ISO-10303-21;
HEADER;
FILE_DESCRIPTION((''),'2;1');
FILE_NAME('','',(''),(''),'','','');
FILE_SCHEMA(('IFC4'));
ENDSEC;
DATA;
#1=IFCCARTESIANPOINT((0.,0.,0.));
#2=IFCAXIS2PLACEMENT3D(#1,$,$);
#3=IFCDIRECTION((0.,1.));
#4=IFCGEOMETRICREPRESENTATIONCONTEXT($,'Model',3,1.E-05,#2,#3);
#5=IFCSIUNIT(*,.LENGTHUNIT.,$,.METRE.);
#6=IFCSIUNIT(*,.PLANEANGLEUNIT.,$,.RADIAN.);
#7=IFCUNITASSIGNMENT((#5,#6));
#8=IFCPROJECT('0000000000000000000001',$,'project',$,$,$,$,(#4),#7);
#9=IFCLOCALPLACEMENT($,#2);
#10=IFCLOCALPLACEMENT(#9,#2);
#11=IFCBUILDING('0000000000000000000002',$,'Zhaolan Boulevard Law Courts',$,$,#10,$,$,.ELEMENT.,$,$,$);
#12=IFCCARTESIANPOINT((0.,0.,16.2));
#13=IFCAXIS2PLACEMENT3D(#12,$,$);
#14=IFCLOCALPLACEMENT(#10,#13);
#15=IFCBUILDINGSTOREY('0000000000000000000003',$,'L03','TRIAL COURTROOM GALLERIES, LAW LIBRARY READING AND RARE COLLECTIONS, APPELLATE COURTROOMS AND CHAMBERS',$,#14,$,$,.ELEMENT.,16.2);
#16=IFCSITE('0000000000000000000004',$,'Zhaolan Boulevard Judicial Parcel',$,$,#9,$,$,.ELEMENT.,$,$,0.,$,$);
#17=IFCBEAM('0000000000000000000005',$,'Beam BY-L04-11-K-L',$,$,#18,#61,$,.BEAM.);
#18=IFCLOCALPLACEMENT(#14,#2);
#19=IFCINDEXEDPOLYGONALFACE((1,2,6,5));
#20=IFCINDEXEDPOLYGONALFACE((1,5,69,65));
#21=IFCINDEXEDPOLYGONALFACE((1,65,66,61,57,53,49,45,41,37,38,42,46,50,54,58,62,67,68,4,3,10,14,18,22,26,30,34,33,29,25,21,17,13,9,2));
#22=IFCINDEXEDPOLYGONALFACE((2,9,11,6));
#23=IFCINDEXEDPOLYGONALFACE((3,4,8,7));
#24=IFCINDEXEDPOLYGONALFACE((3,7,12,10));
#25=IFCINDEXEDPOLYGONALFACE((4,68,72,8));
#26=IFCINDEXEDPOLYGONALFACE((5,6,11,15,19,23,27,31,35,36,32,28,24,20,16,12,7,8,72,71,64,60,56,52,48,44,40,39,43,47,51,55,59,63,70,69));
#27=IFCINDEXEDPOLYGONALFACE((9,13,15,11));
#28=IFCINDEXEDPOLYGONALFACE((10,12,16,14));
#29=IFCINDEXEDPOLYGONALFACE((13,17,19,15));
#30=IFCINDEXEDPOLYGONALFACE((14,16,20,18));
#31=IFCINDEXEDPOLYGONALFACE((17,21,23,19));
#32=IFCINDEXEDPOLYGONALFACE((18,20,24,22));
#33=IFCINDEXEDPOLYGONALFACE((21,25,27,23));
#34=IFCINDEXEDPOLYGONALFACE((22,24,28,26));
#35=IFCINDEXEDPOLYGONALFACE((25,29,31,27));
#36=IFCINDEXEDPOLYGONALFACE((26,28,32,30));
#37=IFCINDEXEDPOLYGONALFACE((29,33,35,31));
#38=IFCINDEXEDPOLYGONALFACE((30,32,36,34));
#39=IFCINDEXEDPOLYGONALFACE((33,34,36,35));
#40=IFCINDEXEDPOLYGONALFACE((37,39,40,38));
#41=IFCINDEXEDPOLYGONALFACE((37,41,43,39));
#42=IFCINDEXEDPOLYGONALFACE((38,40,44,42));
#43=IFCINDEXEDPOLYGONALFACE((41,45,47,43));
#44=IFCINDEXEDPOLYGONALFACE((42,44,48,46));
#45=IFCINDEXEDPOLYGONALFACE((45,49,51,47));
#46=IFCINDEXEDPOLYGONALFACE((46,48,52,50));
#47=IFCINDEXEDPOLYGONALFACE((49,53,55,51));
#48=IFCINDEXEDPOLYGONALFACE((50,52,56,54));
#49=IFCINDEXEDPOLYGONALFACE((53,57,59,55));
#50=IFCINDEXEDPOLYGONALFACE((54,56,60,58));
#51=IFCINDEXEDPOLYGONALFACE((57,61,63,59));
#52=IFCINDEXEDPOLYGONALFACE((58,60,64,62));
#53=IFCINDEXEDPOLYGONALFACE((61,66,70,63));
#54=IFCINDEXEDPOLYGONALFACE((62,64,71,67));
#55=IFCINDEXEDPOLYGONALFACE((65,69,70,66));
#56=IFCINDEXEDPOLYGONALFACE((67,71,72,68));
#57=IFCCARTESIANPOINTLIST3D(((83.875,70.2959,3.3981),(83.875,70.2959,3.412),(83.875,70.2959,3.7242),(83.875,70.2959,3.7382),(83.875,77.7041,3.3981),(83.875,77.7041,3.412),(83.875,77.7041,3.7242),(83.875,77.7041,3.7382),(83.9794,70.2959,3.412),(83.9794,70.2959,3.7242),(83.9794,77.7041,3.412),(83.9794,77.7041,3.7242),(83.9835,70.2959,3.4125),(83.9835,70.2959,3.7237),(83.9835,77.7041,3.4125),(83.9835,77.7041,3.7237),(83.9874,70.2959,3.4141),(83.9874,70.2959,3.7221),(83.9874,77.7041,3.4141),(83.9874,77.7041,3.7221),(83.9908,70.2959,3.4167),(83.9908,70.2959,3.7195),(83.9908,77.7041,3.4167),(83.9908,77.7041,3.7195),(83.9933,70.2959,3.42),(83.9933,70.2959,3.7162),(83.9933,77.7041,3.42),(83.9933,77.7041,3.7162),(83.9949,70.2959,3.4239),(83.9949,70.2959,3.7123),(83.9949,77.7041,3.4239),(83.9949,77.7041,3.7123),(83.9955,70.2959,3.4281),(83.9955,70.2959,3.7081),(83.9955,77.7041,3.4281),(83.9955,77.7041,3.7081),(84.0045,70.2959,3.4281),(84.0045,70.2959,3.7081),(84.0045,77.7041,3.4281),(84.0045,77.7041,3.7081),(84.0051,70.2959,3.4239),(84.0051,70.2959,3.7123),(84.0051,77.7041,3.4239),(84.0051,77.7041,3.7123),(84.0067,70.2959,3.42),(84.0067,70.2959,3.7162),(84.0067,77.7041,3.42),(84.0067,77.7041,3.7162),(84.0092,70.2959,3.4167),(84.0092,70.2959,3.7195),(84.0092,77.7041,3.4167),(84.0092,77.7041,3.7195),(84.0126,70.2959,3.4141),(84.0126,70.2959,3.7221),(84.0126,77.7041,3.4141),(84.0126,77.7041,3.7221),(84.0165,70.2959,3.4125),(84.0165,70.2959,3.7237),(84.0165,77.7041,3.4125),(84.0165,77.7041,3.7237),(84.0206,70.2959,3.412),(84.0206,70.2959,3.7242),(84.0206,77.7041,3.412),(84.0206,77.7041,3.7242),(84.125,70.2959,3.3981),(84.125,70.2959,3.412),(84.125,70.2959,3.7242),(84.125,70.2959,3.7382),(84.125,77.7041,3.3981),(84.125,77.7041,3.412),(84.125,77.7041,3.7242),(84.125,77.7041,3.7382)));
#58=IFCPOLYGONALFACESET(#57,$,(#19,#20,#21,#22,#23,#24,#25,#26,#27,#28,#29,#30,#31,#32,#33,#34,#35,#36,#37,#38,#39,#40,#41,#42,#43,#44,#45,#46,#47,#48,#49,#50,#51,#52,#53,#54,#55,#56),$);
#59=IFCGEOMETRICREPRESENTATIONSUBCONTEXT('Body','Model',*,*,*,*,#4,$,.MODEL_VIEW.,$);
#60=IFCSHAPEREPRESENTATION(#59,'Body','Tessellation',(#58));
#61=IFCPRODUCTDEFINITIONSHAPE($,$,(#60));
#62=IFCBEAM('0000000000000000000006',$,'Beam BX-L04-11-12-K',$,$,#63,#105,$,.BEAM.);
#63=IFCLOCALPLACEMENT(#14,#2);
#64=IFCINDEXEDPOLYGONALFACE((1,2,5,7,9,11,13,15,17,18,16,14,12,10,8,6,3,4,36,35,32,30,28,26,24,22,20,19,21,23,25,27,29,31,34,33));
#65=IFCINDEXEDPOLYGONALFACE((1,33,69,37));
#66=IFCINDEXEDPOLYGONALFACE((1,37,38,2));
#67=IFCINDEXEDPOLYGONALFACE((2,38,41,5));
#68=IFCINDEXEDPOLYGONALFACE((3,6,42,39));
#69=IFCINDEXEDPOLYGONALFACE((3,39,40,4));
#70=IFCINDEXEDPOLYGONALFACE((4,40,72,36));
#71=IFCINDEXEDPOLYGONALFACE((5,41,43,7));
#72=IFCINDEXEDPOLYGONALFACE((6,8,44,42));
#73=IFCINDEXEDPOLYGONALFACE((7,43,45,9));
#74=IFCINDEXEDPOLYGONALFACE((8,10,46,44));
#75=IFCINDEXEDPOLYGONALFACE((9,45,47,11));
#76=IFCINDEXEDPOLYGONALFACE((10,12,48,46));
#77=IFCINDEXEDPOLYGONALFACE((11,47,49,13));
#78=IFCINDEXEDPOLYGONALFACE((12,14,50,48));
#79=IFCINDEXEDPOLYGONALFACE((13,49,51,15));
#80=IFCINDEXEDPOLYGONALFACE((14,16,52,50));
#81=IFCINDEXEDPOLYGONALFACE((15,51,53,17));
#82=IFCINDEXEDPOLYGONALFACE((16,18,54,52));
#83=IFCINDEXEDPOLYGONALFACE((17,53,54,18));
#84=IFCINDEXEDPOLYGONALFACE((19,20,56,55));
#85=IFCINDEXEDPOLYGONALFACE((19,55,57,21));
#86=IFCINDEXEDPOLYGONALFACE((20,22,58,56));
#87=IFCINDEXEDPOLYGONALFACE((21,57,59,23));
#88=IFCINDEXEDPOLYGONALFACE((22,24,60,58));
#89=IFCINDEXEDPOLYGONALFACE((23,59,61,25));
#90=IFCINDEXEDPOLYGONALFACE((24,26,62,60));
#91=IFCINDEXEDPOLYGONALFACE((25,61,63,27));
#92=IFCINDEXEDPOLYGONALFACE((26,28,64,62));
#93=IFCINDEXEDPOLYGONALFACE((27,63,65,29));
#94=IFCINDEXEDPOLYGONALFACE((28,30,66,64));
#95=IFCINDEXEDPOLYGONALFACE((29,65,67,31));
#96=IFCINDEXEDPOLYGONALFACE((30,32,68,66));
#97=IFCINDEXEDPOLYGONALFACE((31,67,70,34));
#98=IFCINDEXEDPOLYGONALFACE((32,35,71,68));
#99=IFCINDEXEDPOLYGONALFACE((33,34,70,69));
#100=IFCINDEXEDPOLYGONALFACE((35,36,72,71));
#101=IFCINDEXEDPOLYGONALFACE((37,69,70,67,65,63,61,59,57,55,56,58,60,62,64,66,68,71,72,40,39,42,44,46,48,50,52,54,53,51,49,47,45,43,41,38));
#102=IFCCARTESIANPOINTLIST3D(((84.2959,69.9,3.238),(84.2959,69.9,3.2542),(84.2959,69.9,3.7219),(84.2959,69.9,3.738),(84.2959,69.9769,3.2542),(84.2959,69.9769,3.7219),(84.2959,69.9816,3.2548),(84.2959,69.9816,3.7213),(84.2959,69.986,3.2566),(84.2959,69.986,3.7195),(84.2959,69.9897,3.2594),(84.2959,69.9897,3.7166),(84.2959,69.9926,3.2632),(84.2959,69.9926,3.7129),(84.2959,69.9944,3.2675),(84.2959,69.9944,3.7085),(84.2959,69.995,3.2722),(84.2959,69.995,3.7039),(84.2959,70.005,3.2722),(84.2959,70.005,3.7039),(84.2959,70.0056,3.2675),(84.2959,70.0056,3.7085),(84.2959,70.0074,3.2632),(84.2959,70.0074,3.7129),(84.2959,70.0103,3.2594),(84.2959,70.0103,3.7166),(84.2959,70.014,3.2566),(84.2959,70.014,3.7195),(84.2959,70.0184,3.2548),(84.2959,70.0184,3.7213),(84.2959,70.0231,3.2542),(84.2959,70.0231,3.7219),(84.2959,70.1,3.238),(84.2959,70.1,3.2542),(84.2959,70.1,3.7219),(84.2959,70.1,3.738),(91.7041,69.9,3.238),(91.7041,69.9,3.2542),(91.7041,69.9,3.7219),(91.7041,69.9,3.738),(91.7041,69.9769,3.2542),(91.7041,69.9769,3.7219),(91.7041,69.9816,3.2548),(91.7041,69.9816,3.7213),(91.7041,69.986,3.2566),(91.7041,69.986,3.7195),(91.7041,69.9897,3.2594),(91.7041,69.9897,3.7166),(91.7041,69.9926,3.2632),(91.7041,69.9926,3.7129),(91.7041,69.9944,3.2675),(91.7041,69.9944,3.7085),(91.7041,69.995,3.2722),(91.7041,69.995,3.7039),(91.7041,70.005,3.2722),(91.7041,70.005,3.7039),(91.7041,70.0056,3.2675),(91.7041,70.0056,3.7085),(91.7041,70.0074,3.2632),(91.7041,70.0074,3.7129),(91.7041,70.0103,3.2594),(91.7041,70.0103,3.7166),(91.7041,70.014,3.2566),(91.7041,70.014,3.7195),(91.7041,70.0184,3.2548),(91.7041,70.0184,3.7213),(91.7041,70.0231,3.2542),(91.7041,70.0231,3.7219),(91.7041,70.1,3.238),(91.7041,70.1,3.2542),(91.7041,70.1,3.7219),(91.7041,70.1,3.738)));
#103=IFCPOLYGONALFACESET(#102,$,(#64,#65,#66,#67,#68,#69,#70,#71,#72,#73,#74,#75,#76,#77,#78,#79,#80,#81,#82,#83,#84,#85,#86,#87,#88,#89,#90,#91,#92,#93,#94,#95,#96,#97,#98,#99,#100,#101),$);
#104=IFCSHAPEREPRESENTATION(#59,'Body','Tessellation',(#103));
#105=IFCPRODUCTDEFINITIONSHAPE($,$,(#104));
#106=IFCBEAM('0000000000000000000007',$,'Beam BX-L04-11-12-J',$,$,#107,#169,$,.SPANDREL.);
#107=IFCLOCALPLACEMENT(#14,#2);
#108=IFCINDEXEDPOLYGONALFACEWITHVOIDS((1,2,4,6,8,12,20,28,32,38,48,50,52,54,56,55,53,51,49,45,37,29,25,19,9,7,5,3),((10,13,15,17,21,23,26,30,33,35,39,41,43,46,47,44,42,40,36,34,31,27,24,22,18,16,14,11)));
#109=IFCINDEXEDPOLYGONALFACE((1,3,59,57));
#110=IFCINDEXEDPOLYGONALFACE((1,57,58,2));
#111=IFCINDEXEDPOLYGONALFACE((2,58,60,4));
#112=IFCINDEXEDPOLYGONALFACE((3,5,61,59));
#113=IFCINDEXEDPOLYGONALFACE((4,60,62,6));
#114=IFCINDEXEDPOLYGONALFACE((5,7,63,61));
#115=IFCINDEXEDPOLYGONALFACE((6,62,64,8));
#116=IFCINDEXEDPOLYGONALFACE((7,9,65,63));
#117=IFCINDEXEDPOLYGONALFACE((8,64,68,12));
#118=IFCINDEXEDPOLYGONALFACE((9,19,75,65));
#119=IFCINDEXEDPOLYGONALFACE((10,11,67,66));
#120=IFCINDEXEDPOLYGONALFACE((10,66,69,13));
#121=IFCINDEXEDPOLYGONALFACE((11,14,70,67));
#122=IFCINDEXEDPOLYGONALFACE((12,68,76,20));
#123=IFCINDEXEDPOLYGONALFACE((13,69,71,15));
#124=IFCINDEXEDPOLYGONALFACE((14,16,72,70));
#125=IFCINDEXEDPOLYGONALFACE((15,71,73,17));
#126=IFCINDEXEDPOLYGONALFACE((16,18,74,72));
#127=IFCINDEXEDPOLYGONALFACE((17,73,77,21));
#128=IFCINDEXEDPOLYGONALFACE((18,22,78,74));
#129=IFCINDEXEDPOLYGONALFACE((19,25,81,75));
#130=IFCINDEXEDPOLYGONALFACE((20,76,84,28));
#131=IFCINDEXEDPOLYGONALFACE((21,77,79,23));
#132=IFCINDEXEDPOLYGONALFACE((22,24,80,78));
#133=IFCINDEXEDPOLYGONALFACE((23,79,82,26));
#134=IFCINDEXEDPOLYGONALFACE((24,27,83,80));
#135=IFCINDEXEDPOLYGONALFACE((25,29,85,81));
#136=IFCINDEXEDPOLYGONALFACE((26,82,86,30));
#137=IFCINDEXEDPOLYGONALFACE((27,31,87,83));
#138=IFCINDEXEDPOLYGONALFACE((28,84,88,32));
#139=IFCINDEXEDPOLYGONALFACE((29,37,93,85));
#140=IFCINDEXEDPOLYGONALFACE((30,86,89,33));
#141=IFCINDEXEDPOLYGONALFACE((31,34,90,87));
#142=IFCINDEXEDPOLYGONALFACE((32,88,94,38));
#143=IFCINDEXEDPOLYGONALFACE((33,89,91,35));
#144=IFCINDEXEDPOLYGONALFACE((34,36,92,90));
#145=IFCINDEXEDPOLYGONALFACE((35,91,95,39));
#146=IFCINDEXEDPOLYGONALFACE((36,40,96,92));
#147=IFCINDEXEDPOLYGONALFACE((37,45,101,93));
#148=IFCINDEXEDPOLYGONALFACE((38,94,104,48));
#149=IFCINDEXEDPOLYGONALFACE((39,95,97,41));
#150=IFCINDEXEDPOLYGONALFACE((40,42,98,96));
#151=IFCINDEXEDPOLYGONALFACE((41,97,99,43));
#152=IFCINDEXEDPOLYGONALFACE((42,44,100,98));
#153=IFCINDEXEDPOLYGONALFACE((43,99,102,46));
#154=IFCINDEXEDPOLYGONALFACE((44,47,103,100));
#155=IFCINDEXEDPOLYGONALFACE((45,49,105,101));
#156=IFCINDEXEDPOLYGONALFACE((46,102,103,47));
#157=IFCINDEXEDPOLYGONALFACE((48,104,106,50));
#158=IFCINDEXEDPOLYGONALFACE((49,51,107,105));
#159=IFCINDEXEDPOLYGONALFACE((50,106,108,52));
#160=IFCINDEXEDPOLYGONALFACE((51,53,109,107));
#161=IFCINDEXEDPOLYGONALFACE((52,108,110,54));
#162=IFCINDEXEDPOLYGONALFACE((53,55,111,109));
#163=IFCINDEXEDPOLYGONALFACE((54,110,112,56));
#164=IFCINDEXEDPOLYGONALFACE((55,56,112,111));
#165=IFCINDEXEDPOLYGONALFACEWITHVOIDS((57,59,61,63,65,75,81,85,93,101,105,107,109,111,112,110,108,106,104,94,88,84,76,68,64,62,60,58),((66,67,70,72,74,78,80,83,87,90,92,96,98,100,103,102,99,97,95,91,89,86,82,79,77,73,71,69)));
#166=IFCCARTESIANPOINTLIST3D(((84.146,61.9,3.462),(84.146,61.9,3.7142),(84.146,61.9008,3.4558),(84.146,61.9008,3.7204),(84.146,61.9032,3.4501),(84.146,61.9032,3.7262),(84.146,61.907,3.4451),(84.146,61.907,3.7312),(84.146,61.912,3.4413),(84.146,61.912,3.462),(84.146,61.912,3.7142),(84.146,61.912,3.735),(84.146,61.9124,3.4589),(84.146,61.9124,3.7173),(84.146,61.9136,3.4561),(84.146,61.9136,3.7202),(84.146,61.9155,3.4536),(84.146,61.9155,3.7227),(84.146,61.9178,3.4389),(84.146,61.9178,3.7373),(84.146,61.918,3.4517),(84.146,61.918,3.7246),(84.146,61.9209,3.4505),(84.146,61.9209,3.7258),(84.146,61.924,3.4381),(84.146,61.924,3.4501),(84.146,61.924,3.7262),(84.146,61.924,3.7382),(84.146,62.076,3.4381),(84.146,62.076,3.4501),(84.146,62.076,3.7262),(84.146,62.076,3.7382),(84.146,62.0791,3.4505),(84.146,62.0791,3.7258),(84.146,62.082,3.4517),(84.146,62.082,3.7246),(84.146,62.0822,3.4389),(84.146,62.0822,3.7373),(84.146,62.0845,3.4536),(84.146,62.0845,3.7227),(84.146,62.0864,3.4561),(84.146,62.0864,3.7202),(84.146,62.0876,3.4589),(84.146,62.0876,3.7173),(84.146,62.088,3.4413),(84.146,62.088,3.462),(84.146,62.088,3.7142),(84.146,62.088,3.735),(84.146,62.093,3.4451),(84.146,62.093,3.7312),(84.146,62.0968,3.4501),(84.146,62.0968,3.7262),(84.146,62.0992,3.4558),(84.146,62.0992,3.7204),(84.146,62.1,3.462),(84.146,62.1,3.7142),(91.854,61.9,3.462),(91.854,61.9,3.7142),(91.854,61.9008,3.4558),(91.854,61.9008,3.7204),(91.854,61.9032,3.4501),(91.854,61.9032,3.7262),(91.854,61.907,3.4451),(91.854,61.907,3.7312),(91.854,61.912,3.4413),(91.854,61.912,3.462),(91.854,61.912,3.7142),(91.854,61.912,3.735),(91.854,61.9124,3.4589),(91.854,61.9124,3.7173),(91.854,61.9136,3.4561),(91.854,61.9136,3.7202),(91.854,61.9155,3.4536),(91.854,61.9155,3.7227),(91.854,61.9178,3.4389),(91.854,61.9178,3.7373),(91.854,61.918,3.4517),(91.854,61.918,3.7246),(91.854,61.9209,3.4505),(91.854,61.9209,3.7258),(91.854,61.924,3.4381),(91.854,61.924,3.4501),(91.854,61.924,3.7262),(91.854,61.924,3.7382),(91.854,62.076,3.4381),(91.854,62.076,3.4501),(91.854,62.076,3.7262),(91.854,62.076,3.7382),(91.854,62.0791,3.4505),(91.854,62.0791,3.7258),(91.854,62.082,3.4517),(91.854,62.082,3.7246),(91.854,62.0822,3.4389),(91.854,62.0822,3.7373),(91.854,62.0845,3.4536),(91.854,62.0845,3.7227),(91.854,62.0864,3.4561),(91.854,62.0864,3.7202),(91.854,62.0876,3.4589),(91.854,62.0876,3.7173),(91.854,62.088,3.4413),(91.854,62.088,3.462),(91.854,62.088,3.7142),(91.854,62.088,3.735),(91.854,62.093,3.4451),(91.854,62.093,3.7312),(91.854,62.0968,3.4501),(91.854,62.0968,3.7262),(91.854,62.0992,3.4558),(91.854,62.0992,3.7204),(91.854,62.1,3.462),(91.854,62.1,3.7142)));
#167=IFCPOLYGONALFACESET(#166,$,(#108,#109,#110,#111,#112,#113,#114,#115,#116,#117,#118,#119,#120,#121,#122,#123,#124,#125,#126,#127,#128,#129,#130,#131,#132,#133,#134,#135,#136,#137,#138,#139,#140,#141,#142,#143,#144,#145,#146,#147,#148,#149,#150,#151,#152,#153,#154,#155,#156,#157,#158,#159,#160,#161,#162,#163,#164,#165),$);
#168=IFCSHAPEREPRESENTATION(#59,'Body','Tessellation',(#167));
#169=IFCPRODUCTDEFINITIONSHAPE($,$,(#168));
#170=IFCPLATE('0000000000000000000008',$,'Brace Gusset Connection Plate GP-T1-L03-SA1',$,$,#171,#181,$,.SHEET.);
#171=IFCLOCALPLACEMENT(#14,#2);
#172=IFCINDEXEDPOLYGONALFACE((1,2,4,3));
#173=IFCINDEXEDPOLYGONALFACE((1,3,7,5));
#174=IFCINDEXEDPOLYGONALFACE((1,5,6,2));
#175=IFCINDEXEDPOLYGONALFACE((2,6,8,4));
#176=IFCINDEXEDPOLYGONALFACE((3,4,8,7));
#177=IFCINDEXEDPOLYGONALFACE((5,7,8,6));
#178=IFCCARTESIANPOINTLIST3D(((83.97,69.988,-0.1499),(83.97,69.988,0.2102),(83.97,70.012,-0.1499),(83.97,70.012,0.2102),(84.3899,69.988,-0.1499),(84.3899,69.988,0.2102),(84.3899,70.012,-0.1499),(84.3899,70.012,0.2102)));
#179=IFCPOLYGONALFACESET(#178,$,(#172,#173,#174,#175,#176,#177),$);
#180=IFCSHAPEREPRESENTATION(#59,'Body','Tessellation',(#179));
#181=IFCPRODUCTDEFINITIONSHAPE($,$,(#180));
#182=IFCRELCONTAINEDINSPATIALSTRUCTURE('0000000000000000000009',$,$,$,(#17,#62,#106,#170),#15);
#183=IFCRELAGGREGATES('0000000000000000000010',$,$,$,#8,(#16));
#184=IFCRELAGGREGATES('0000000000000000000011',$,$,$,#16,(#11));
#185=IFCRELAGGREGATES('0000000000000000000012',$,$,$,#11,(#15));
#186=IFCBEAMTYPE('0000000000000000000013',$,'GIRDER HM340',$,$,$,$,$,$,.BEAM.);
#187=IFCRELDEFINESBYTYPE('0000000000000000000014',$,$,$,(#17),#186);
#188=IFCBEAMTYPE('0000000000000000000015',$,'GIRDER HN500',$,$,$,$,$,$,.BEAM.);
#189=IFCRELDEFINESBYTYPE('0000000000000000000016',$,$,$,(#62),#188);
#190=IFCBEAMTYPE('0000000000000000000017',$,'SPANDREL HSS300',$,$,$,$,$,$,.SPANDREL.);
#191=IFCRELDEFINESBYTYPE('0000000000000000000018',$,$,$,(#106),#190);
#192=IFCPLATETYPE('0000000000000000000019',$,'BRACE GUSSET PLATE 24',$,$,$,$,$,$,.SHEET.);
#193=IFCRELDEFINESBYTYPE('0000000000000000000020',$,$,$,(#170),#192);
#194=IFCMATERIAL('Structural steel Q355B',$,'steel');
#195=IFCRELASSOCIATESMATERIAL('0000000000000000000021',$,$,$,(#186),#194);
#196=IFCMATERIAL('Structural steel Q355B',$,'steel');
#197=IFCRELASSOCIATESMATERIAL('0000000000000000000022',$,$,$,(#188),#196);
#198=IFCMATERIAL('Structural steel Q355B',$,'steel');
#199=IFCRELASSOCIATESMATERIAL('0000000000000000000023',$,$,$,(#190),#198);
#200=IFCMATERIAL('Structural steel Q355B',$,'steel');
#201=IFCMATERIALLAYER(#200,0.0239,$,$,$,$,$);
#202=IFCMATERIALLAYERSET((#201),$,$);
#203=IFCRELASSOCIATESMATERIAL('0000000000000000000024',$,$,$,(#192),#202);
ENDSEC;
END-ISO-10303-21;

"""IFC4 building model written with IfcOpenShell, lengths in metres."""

from ifc_helpers import new_model, si_unit, direction, frame, origin, origin_2d, place, context, subcontext, project, spatial, rectangle, hollow_rectangle, i_section, extrude, material, layer, layer_set, material_profile, profile_set, type_object, element, save


model = new_model("IFC4")

# Units and contexts
model_context = context("Model", 3, precision=1e-05, world=origin(), true_north=direction((0.0, 1.0)))
body_context = subcontext(model_context, "Body", "Model", "MODEL_VIEW")
ifc_project = project(units=[si_unit("LENGTHUNIT", "METRE"), si_unit("PLANEANGLEUNIT", "RADIAN")], contexts=[model_context])

# Site, building, storey
site_placement = place(None, origin())
site = spatial("IfcSite", under=ifc_project, at=site_placement, Name="Zhaolan Boulevard Judicial Parcel", CompositionType="ELEMENT", RefElevation=0.0)
building_placement = place(site_placement, origin())
building = spatial("IfcBuilding", under=site, at=building_placement, Name="Zhaolan Boulevard Law Courts", CompositionType="ELEMENT")
storey_placement = place(building_placement, frame((0.0, 0.0, 16.2)))
storey = spatial("IfcBuildingStorey", under=building, at=storey_placement, Name="L03", Description="TRIAL COURTROOM GALLERIES, LAW LIBRARY READING AND RARE COLLECTIONS, APPELLATE COURTROOMS AND CHAMBERS", CompositionType="ELEMENT", Elevation=16.2)

# Beams
ifc_material_1 = material(Name="Structural steel Q355B", Category="steel")
ifc_material_profile_1 = material_profile(ifc_material_1, i_section(OverallWidth=0.25, OverallDepth=0.3401, WebThickness=0.009, FlangeThickness=0.0139, FilletRadius=0.0161, at=origin_2d()), Name="HM340x250")
ifc_profile_set_1 = profile_set([ifc_material_profile_1], Name="Structural steel Q355B")
beam_type_1 = type_object("IfcBeamType", Name="GIRDER HM340", PredefinedType="BEAM", material=ifc_profile_set_1)
beam_1_placement = place(storey_placement, frame((84.0, 70.2959, 3.5681), z_axis=(0.0, 1.0, 0.0), x_axis=(-1.0, 0.0, 0.0)))
element("IfcBeam", 1, at=beam_1_placement, inside=storey, type_object=beam_type_1, Name="Beam BY-L04-11-K-L", PredefinedType="BEAM", context=body_context, shape_type="SweptSolid", body=[
    extrude(i_section(OverallWidth=0.25, OverallDepth=0.3401, WebThickness=0.009, FlangeThickness=0.0139, FilletRadius=0.0161, at=origin_2d()), origin(), (0.0, 0.0, 1.0), 7.4082),
])
ifc_material_2 = material(Name="Structural steel Q355B", Category="steel")
ifc_material_profile_2 = material_profile(ifc_material_2, i_section(OverallWidth=0.2, OverallDepth=0.5, WebThickness=0.01, FlangeThickness=0.0161, FilletRadius=0.0181, at=origin_2d()), Name="HN500x200")
ifc_profile_set_2 = profile_set([ifc_material_profile_2], Name="Structural steel Q355B")
beam_type_2 = type_object("IfcBeamType", Name="GIRDER HN500", PredefinedType="BEAM", material=ifc_profile_set_2)
beam_2_placement = place(storey_placement, frame((84.2959, 70.0, 3.488), z_axis=(1.0, 0.0, 0.0), x_axis=(0.0, 1.0, 0.0)))
element("IfcBeam", 2, at=beam_2_placement, inside=storey, type_object=beam_type_2, Name="Beam BX-L04-11-12-K", PredefinedType="BEAM", context=body_context, shape_type="SweptSolid", body=[
    extrude(i_section(OverallWidth=0.2, OverallDepth=0.5, WebThickness=0.01, FlangeThickness=0.0161, FilletRadius=0.0181, at=origin_2d()), origin(), (0.0, 0.0, 1.0), 7.4082),
])
ifc_material_3 = material(Name="Structural steel Q355B", Category="steel")
ifc_material_profile_3 = material_profile(ifc_material_3, hollow_rectangle(XDim=0.2, YDim=0.3, WallThickness=0.012, InnerFilletRadius=0.012, OuterFilletRadius=0.0239, at=origin_2d()), Name="HSS300x200x12")
ifc_profile_set_3 = profile_set([ifc_material_profile_3], Name="Structural steel Q355B")
beam_type_3 = type_object("IfcBeamType", Name="SPANDREL HSS300", PredefinedType="SPANDREL", material=ifc_profile_set_3)
beam_3_placement = place(storey_placement, frame((84.146, 62.0, 3.5881), z_axis=(1.0, 0.0, 0.0), x_axis=(0.0, 1.0, 0.0)))
element("IfcBeam", 3, at=beam_3_placement, inside=storey, type_object=beam_type_3, Name="Beam BX-L04-11-12-J", PredefinedType="SPANDREL", context=body_context, shape_type="SweptSolid", body=[
    extrude(hollow_rectangle(XDim=0.2, YDim=0.3, WallThickness=0.012, InnerFilletRadius=0.012, OuterFilletRadius=0.0239, at=origin_2d()), origin(), (0.0, 0.0, 1.0), 7.708),
])

# Plate
ifc_material_4 = material(Name="Structural steel Q355B", Category="steel")
ifc_layer_1 = layer(ifc_material_4, 0.0239)
ifc_layer_set_1 = layer_set([ifc_layer_1])
plate_type_1 = type_object("IfcPlateType", Name="BRACE GUSSET PLATE 24", PredefinedType="SHEET", material=ifc_layer_set_1)
plate_1_placement = place(storey_placement, frame((84.1799, 70.0, -0.1499), z_axis=(0.0, 0.0, 1.0), x_axis=(1.0, 0.0, 0.0)))
element("IfcPlate", 4, at=plate_1_placement, inside=storey, type_object=plate_type_1, Name="Brace Gusset Connection Plate GP-T1-L03-SA1", PredefinedType="SHEET", context=body_context, shape_type="SweptSolid", body=[
    extrude(rectangle(XDim=0.4199, YDim=0.0239, at=origin_2d()), origin(), (0.0, 0.0, 1.0), 0.3601),
])

save(model, "model.ifc")
